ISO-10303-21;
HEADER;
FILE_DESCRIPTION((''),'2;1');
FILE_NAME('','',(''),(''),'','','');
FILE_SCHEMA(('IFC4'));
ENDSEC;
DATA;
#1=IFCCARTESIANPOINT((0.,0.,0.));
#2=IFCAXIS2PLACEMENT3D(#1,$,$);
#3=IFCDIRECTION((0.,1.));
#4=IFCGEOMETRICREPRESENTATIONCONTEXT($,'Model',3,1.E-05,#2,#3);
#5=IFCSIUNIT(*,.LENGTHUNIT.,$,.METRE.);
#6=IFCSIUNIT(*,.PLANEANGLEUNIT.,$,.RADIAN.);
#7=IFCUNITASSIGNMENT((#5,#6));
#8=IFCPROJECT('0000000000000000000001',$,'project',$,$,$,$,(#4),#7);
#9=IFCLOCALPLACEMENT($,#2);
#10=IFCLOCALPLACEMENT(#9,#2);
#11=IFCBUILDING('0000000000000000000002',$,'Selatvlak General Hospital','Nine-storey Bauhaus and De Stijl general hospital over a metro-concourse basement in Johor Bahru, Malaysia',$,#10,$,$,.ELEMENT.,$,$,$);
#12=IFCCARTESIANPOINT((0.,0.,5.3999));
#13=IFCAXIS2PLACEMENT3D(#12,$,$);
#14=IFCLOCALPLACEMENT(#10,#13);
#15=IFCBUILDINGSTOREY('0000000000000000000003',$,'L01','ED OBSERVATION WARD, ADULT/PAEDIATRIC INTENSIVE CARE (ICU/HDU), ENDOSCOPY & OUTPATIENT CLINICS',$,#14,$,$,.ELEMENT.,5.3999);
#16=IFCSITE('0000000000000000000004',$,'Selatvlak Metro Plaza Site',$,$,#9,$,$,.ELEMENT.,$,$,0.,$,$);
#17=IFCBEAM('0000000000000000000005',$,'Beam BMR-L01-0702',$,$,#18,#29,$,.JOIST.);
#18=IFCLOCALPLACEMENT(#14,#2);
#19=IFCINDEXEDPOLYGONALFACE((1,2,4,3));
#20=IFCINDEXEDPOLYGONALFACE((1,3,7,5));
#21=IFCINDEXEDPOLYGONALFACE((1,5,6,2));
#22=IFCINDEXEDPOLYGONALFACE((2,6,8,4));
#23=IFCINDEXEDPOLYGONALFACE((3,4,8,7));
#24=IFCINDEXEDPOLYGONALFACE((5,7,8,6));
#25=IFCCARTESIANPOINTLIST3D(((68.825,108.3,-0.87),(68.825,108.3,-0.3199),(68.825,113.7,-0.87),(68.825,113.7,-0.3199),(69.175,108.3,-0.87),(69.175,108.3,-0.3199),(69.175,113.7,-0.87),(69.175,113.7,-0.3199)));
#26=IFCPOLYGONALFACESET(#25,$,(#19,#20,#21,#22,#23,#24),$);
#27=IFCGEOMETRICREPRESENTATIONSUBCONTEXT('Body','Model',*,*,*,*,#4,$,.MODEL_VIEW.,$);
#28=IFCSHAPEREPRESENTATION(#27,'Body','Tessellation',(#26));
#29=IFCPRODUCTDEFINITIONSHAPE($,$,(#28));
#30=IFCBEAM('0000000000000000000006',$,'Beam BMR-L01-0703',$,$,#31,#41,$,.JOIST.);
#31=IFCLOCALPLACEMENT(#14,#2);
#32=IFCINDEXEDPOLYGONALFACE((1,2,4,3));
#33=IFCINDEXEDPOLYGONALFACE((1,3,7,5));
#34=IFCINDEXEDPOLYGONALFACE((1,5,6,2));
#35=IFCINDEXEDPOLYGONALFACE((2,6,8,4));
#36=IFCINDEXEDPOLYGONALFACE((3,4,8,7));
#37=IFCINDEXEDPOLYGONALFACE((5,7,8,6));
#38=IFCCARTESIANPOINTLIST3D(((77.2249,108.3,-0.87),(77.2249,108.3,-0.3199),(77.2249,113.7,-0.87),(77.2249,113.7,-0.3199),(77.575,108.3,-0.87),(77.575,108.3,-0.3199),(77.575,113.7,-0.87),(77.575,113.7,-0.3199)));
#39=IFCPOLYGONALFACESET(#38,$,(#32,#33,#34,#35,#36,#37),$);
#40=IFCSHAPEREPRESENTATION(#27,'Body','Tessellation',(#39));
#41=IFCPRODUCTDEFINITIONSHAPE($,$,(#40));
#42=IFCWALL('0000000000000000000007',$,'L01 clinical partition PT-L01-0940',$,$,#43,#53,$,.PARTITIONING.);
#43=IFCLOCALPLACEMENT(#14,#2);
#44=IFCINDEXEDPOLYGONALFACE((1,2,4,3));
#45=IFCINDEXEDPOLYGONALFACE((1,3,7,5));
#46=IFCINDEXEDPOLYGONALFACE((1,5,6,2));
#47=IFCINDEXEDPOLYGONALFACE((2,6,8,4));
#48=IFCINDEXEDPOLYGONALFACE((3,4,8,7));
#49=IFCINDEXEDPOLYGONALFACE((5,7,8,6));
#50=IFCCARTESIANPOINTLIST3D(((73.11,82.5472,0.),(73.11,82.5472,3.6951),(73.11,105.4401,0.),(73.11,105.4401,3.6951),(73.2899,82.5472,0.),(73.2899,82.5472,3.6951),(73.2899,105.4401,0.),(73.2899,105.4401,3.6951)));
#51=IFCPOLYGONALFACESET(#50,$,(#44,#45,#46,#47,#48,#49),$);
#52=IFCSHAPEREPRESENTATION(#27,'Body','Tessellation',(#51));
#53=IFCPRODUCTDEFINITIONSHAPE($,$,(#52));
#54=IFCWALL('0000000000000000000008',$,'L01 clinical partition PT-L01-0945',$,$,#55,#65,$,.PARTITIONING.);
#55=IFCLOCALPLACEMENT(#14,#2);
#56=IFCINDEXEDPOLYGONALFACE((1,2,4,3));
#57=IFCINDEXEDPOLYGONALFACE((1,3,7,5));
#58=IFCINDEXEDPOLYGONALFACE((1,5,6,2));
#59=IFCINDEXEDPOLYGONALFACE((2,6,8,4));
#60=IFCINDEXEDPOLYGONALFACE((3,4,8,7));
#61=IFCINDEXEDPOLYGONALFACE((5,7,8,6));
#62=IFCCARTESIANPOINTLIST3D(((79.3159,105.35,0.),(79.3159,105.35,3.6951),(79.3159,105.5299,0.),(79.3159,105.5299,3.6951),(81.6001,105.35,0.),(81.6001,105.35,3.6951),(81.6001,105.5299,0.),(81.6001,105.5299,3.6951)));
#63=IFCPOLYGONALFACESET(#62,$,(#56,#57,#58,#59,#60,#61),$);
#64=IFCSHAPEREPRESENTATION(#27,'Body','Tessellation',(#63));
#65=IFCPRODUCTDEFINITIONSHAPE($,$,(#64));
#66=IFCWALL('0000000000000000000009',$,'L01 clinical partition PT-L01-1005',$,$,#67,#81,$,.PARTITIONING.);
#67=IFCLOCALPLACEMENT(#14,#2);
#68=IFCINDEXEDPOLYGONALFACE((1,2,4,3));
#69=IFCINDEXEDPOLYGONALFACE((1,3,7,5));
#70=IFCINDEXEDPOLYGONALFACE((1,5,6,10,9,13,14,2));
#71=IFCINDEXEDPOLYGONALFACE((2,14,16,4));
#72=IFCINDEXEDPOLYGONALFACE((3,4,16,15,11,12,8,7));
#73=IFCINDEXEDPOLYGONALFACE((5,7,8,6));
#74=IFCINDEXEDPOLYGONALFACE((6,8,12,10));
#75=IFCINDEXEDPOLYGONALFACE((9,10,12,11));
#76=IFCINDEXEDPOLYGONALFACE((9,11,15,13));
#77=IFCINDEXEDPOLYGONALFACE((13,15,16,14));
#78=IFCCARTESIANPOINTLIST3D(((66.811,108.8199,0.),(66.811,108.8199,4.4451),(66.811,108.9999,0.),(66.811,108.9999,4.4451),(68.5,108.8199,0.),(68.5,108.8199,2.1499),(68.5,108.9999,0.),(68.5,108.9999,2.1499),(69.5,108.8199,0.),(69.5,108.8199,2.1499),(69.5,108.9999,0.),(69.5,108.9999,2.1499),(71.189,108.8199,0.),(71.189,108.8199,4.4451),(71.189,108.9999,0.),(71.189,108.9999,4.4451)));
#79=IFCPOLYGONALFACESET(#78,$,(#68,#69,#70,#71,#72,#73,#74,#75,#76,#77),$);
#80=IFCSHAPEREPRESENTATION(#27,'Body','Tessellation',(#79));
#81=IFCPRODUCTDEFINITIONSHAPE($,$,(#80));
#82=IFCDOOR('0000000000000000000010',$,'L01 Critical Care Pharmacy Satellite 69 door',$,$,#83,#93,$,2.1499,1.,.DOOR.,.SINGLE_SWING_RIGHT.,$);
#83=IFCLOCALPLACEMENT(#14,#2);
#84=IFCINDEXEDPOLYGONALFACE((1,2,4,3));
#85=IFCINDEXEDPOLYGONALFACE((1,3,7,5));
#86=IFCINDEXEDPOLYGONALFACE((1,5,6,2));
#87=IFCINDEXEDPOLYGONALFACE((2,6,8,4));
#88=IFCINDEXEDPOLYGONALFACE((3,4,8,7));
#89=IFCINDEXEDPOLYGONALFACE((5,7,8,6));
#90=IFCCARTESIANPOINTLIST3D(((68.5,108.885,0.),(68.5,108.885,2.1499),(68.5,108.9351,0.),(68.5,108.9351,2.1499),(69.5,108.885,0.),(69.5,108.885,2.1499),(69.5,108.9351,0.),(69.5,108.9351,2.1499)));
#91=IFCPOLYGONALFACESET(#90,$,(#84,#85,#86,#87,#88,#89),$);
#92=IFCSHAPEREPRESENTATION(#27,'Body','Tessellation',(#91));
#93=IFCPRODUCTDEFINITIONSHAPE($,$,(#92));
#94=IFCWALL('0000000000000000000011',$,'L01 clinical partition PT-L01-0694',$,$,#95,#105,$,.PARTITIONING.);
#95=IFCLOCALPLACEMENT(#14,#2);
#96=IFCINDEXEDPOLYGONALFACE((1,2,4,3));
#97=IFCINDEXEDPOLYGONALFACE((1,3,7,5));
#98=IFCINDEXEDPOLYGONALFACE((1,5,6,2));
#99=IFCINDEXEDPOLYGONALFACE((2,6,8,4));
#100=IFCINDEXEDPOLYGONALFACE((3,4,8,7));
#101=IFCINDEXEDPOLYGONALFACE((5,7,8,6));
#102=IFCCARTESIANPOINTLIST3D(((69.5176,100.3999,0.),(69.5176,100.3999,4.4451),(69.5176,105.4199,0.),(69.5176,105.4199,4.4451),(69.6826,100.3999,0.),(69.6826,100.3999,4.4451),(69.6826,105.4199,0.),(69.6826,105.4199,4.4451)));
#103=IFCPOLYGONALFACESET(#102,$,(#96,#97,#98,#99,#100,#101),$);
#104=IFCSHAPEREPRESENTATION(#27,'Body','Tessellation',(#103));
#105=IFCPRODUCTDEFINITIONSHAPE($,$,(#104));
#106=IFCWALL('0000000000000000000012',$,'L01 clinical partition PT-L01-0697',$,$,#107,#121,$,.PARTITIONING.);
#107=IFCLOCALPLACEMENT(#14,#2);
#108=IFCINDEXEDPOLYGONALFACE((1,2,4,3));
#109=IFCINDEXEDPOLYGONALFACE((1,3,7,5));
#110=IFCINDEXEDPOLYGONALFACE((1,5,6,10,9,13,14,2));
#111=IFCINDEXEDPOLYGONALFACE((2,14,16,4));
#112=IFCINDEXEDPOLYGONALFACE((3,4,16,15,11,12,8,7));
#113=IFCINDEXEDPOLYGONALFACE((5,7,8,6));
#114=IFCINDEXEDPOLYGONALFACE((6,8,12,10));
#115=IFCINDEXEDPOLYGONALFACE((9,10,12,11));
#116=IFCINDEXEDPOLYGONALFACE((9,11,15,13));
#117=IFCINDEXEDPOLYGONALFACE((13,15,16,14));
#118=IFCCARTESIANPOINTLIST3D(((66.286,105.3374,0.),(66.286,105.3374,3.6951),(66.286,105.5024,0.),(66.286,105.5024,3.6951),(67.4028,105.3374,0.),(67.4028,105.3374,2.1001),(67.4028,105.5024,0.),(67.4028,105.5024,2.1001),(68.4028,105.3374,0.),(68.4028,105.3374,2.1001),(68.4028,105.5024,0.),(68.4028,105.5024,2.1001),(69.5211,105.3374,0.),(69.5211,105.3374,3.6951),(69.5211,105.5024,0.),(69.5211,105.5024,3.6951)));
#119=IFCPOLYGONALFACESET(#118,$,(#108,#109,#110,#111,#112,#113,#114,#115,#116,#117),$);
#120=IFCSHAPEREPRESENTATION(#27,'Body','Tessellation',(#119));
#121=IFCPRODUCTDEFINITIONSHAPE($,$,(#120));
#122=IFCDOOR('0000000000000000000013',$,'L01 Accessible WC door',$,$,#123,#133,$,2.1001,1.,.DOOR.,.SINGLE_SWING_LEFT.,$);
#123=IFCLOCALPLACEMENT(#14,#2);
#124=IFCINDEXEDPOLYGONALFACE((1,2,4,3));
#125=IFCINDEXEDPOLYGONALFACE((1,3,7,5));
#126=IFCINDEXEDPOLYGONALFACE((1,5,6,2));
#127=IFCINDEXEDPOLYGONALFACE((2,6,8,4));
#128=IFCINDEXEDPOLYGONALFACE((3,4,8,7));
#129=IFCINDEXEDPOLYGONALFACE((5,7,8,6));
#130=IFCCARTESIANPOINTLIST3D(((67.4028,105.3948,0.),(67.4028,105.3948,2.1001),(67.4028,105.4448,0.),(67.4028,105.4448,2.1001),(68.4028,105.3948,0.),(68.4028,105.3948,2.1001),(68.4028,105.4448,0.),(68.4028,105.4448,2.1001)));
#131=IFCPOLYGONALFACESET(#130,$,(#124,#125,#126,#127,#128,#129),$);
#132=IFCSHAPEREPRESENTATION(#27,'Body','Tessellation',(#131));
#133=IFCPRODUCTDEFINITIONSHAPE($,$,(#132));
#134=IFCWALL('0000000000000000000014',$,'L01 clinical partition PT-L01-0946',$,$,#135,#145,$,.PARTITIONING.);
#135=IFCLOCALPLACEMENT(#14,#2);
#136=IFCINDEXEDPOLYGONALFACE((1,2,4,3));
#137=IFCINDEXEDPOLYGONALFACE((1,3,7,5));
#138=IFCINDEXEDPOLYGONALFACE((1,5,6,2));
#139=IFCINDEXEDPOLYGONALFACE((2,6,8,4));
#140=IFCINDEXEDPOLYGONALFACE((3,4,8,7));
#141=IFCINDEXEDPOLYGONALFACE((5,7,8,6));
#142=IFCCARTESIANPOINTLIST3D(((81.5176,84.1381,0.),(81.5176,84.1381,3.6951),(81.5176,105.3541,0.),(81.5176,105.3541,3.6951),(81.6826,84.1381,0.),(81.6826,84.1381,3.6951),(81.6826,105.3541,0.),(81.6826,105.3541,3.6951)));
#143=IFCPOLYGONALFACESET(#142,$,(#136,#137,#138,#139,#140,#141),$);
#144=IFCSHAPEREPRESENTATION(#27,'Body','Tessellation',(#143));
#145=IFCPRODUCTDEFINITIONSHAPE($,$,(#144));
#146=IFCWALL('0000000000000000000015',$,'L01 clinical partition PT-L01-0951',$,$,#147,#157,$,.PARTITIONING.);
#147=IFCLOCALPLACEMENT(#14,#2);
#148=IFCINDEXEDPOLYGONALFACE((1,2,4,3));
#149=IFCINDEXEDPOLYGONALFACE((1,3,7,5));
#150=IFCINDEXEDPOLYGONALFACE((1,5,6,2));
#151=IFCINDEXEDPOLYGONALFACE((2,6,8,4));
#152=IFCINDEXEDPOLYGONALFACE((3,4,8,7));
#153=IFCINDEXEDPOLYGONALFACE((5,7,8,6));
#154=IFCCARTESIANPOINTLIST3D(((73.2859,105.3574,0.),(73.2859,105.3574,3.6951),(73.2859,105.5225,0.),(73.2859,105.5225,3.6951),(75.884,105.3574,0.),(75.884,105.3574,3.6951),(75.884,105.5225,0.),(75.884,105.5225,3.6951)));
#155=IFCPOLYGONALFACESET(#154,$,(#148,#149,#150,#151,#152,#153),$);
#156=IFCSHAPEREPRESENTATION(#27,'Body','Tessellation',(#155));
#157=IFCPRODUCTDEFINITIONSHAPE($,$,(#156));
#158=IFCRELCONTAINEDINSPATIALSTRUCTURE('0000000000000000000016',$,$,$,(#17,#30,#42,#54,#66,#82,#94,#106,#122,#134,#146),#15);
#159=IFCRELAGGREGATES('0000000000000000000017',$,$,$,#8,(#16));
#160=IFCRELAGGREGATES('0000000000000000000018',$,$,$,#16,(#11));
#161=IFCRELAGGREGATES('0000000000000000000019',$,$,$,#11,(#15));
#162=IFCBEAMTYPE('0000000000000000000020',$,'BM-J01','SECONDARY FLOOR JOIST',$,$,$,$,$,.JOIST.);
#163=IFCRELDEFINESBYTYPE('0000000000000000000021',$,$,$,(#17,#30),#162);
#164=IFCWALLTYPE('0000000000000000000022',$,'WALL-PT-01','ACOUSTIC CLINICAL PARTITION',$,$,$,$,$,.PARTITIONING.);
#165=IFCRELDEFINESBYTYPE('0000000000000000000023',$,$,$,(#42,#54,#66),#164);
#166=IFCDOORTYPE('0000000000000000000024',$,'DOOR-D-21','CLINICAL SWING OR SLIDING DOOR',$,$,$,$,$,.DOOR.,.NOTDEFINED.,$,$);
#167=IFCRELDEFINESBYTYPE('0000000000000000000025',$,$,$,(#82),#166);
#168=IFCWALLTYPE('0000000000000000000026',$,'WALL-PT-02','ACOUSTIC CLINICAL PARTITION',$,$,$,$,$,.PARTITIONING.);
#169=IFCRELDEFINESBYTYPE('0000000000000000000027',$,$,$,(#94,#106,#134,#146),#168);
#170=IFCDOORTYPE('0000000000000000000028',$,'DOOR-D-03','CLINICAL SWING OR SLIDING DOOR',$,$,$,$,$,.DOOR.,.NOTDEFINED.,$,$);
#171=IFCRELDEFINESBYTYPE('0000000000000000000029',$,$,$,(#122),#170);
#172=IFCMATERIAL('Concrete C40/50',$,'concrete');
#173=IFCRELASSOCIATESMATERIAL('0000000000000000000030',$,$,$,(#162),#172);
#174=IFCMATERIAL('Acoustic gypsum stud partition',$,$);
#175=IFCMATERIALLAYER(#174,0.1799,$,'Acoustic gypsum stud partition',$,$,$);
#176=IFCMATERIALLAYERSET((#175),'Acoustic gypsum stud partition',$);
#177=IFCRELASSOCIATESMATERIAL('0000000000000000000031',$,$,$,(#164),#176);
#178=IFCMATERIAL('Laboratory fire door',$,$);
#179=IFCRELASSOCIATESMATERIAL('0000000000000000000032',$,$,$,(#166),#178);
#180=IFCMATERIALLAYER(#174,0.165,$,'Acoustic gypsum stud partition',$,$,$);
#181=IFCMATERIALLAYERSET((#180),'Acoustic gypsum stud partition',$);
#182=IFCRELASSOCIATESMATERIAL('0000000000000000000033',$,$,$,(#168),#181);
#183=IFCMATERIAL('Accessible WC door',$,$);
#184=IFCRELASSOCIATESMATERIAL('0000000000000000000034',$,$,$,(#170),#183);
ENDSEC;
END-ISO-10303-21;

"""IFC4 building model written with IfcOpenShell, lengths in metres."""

from ifc_helpers import new_model, si_unit, direction, frame, frame_2d, origin, origin_2d, place, context, subcontext, project, spatial, rectangle, extrude, material, layer, layer_set, material_profile, profile_set, type_object, element, fill, save


model = new_model("IFC4")

# Units and contexts
model_context = context("Model", 3, precision=1e-05, world=origin(), true_north=direction((0.0, 1.0)))
body_context = subcontext(model_context, "Body", "Model", "MODEL_VIEW")
ifc_project = project(units=[si_unit("LENGTHUNIT", "METRE"), si_unit("PLANEANGLEUNIT", "RADIAN")], contexts=[model_context])

# Site, building, storey
site_placement = place(None, origin())
site = spatial("IfcSite", under=ifc_project, at=site_placement, Name="Selatvlak Metro Plaza Site", CompositionType="ELEMENT", RefElevation=0.0)
building_placement = place(site_placement, origin())
building = spatial("IfcBuilding", under=site, at=building_placement, Name="Selatvlak General Hospital", Description="Nine-storey Bauhaus and De Stijl general hospital over a metro-concourse basement in Johor Bahru, Malaysia", CompositionType="ELEMENT")
storey_placement = place(building_placement, frame((0.0, 0.0, 5.3999)))
storey = spatial("IfcBuildingStorey", under=building, at=storey_placement, Name="L01", Description="ED OBSERVATION WARD, ADULT/PAEDIATRIC INTENSIVE CARE (ICU/HDU), ENDOSCOPY & OUTPATIENT CLINICS", CompositionType="ELEMENT", Elevation=5.3999)

# Beams
ifc_material_1 = material(Name="Concrete C40/50", Category="concrete")
ifc_material_profile_1 = material_profile(ifc_material_1, rectangle(XDim=0.3501, YDim=0.55, at=origin_2d()), Name="RC-BM 350x550")
ifc_profile_set_1 = profile_set([ifc_material_profile_1], Name="Concrete C40/50")
beam_type_1 = type_object("IfcBeamType", Name="BM-J01", Description="SECONDARY FLOOR JOIST", PredefinedType="JOIST", material=ifc_profile_set_1)
for number, where, z_axis, x_axis, name in (
    (1, (69.0, 108.3, -0.595), (0.0, 1.0, 0.0), (-1.0, 0.0, 0.0), "Beam BMR-L01-0702"),
    (2, (77.3999, 108.3, -0.595), (0.0, 1.0, 0.0), (-1.0, 0.0, 0.0), "Beam BMR-L01-0703"),
):
    element("IfcBeam", number, at=place(storey_placement, frame(where, z_axis=z_axis, x_axis=x_axis)), inside=storey, type_object=beam_type_1, Name=name, PredefinedType="JOIST", context=body_context, shape_type="SweptSolid", body=[
        extrude(rectangle(XDim=0.3501, YDim=0.55, at=origin_2d()), origin(), (0.0, 0.0, 1.0), 5.3999),
    ])

# Walls
ifc_material_2 = material(Name="Acoustic gypsum stud partition")
ifc_layer_1 = layer(ifc_material_2, 0.1799, Name="Acoustic gypsum stud partition")
ifc_layer_set_1 = layer_set([ifc_layer_1], Name="Acoustic gypsum stud partition")
wall_type_1 = type_object("IfcWallType", Name="WALL-PT-01", Description="ACOUSTIC CLINICAL PARTITION", PredefinedType="PARTITIONING", material=ifc_layer_set_1)
wall_1_placement = place(storey_placement, frame((73.2, 105.4399, 0.0), z_axis=(0.0, 0.0, 1.0), x_axis=(0.0, -1.0, 0.0)))
element("IfcWall", 3, at=wall_1_placement, inside=storey, type_object=wall_type_1, Name="L01 clinical partition PT-L01-0940", PredefinedType="PARTITIONING", context=body_context, shape_type="SweptSolid", body=[
    extrude(rectangle(XDim=22.8928, YDim=0.1799, at=frame_2d((11.4463, 0.0))), origin(), (0.0, 0.0, 1.0), 3.6951),
])
wall_2_placement = place(storey_placement, frame((79.3159, 105.4399, 0.0), z_axis=(0.0, 0.0, 1.0), x_axis=(1.0, 0.0, 0.0)))
element("IfcWall", 4, at=wall_2_placement, inside=storey, type_object=wall_type_1, Name="L01 clinical partition PT-L01-0945", PredefinedType="PARTITIONING", context=body_context, shape_type="SweptSolid", body=[
    extrude(rectangle(XDim=2.2842, YDim=0.1799, at=frame_2d((1.1421, 0.0))), origin(), (0.0, 0.0, 1.0), 3.6951),
])

# Wall, opening, door
wall_3_placement = place(storey_placement, frame((71.189, 108.9099, 0.0), z_axis=(0.0, 0.0, 1.0), x_axis=(-1.0, 0.0, 0.0)))
wall_3 = element("IfcWall", 5, at=wall_3_placement, inside=storey, type_object=wall_type_1, Name="L01 clinical partition PT-L01-1005", PredefinedType="PARTITIONING", context=body_context, shape_type="SweptSolid", body=[
    extrude(rectangle(XDim=4.3779, YDim=0.1799, at=frame_2d((2.189, 0.0))), origin(), (0.0, 0.0, 1.0), 4.4451),
])
opening_1_placement = place(wall_3_placement, frame((1.689, 0.0, 0.0)))
opening_1 = element("IfcOpeningElement", 6, at=opening_1_placement, cuts=wall_3, PredefinedType="OPENING", context=body_context, shape_type="SweptSolid", body=[
    extrude(rectangle(XDim=1.0, YDim=2.1499, at=frame_2d((0.5, 1.075))), frame((0.0, 0.0999, 0.0), z_axis=(0.0, -1.0, 0.0), x_axis=(1.0, 0.0, 0.0)), (0.0, 0.0, 1.0), 0.2),
])
ifc_material_3 = material(Name="Laboratory fire door")
door_type_1 = type_object("IfcDoorType", Name="DOOR-D-21", Description="CLINICAL SWING OR SLIDING DOOR", OperationType="NOTDEFINED", PredefinedType="DOOR", material=ifc_material_3)
door_1_placement = place(opening_1_placement, origin())
door_1 = element("IfcDoor", 7, at=door_1_placement, inside=storey, type_object=door_type_1, Name="L01 Critical Care Pharmacy Satellite 69 door", OperationType="SINGLE_SWING_RIGHT", OverallHeight=2.1499, OverallWidth=1.0, PredefinedType="DOOR", context=body_context, shape_type="SweptSolid", body=[
    extrude(rectangle(XDim=1.0, YDim=2.1499, at=frame_2d((0.5, 1.075))), frame((0.0, 0.0249, 0.0), z_axis=(0.0, -1.0, 0.0), x_axis=(1.0, 0.0, 0.0)), (0.0, 0.0, 1.0), 0.05),
])
fill(opening_1, door_1)

# Wall
ifc_layer_2 = layer(ifc_material_2, 0.165, Name="Acoustic gypsum stud partition")
ifc_layer_set_2 = layer_set([ifc_layer_2], Name="Acoustic gypsum stud partition")
wall_type_2 = type_object("IfcWallType", Name="WALL-PT-02", Description="ACOUSTIC CLINICAL PARTITION", PredefinedType="PARTITIONING", material=ifc_layer_set_2)
wall_4_placement = place(storey_placement, frame((69.6001, 105.4199, 0.0), z_axis=(0.0, 0.0, 1.0), x_axis=(0.0, -1.0, 0.0)))
element("IfcWall", 8, at=wall_4_placement, inside=storey, type_object=wall_type_2, Name="L01 clinical partition PT-L01-0694", PredefinedType="PARTITIONING", context=body_context, shape_type="SweptSolid", body=[
    extrude(rectangle(XDim=5.02, YDim=0.165, at=frame_2d((2.51, 0.0))), origin(), (0.0, 0.0, 1.0), 4.4451),
])

# Wall, opening, door
wall_5_placement = place(storey_placement, frame((66.2859, 105.4199, 0.0), z_axis=(0.0, 0.0, 1.0), x_axis=(1.0, 0.0, 0.0)))
wall_5 = element("IfcWall", 9, at=wall_5_placement, inside=storey, type_object=wall_type_2, Name="L01 clinical partition PT-L01-0697", PredefinedType="PARTITIONING", context=body_context, shape_type="SweptSolid", body=[
    extrude(rectangle(XDim=3.2351, YDim=0.165, at=frame_2d((1.6177, 0.0))), origin(), (0.0, 0.0, 1.0), 3.6951),
])
opening_2_placement = place(wall_5_placement, frame((1.1169, 0.0, 0.0)))
opening_2 = element("IfcOpeningElement", 10, at=opening_2_placement, cuts=wall_5, PredefinedType="OPENING", context=body_context, shape_type="SweptSolid", body=[
    extrude(rectangle(XDim=1.0, YDim=2.1001, at=frame_2d((0.5, 1.05))), frame((0.0, 0.0925, 0.0), z_axis=(0.0, -1.0, 0.0), x_axis=(1.0, 0.0, 0.0)), (0.0, 0.0, 1.0), 0.1851),
])
ifc_material_4 = material(Name="Accessible WC door")
door_type_2 = type_object("IfcDoorType", Name="DOOR-D-03", Description="CLINICAL SWING OR SLIDING DOOR", OperationType="NOTDEFINED", PredefinedType="DOOR", material=ifc_material_4)
door_2_placement = place(opening_2_placement, origin())
door_2 = element("IfcDoor", 11, at=door_2_placement, inside=storey, type_object=door_type_2, Name="L01 Accessible WC door", OperationType="SINGLE_SWING_LEFT", OverallHeight=2.1001, OverallWidth=1.0, PredefinedType="DOOR", context=body_context, shape_type="SweptSolid", body=[
    extrude(rectangle(XDim=1.0, YDim=2.1001, at=frame_2d((0.5, 1.05))), frame((0.0, 0.0249, 0.0), z_axis=(0.0, -1.0, 0.0), x_axis=(1.0, 0.0, 0.0)), (0.0, 0.0, 1.0), 0.05),
])
fill(opening_2, door_2)

# Walls
wall_6_placement = place(storey_placement, frame((81.6001, 105.354, 0.0), z_axis=(0.0, 0.0, 1.0), x_axis=(0.0, -1.0, 0.0)))
element("IfcWall", 12, at=wall_6_placement, inside=storey, type_object=wall_type_2, Name="L01 clinical partition PT-L01-0946", PredefinedType="PARTITIONING", context=body_context, shape_type="SweptSolid", body=[
    extrude(rectangle(XDim=21.2161, YDim=0.165, at=frame_2d((10.6079, 0.0))), origin(), (0.0, 0.0, 1.0), 3.6951),
])
wall_7_placement = place(storey_placement, frame((73.2859, 105.4399, 0.0), z_axis=(0.0, 0.0, 1.0), x_axis=(1.0, 0.0, 0.0)))
element("IfcWall", 13, at=wall_7_placement, inside=storey, type_object=wall_type_2, Name="L01 clinical partition PT-L01-0951", PredefinedType="PARTITIONING", context=body_context, shape_type="SweptSolid", body=[
    extrude(rectangle(XDim=2.5981, YDim=0.165, at=frame_2d((1.2991, 0.0))), origin(), (0.0, 0.0, 1.0), 3.6951),
])

save(model, "model.ifc")
